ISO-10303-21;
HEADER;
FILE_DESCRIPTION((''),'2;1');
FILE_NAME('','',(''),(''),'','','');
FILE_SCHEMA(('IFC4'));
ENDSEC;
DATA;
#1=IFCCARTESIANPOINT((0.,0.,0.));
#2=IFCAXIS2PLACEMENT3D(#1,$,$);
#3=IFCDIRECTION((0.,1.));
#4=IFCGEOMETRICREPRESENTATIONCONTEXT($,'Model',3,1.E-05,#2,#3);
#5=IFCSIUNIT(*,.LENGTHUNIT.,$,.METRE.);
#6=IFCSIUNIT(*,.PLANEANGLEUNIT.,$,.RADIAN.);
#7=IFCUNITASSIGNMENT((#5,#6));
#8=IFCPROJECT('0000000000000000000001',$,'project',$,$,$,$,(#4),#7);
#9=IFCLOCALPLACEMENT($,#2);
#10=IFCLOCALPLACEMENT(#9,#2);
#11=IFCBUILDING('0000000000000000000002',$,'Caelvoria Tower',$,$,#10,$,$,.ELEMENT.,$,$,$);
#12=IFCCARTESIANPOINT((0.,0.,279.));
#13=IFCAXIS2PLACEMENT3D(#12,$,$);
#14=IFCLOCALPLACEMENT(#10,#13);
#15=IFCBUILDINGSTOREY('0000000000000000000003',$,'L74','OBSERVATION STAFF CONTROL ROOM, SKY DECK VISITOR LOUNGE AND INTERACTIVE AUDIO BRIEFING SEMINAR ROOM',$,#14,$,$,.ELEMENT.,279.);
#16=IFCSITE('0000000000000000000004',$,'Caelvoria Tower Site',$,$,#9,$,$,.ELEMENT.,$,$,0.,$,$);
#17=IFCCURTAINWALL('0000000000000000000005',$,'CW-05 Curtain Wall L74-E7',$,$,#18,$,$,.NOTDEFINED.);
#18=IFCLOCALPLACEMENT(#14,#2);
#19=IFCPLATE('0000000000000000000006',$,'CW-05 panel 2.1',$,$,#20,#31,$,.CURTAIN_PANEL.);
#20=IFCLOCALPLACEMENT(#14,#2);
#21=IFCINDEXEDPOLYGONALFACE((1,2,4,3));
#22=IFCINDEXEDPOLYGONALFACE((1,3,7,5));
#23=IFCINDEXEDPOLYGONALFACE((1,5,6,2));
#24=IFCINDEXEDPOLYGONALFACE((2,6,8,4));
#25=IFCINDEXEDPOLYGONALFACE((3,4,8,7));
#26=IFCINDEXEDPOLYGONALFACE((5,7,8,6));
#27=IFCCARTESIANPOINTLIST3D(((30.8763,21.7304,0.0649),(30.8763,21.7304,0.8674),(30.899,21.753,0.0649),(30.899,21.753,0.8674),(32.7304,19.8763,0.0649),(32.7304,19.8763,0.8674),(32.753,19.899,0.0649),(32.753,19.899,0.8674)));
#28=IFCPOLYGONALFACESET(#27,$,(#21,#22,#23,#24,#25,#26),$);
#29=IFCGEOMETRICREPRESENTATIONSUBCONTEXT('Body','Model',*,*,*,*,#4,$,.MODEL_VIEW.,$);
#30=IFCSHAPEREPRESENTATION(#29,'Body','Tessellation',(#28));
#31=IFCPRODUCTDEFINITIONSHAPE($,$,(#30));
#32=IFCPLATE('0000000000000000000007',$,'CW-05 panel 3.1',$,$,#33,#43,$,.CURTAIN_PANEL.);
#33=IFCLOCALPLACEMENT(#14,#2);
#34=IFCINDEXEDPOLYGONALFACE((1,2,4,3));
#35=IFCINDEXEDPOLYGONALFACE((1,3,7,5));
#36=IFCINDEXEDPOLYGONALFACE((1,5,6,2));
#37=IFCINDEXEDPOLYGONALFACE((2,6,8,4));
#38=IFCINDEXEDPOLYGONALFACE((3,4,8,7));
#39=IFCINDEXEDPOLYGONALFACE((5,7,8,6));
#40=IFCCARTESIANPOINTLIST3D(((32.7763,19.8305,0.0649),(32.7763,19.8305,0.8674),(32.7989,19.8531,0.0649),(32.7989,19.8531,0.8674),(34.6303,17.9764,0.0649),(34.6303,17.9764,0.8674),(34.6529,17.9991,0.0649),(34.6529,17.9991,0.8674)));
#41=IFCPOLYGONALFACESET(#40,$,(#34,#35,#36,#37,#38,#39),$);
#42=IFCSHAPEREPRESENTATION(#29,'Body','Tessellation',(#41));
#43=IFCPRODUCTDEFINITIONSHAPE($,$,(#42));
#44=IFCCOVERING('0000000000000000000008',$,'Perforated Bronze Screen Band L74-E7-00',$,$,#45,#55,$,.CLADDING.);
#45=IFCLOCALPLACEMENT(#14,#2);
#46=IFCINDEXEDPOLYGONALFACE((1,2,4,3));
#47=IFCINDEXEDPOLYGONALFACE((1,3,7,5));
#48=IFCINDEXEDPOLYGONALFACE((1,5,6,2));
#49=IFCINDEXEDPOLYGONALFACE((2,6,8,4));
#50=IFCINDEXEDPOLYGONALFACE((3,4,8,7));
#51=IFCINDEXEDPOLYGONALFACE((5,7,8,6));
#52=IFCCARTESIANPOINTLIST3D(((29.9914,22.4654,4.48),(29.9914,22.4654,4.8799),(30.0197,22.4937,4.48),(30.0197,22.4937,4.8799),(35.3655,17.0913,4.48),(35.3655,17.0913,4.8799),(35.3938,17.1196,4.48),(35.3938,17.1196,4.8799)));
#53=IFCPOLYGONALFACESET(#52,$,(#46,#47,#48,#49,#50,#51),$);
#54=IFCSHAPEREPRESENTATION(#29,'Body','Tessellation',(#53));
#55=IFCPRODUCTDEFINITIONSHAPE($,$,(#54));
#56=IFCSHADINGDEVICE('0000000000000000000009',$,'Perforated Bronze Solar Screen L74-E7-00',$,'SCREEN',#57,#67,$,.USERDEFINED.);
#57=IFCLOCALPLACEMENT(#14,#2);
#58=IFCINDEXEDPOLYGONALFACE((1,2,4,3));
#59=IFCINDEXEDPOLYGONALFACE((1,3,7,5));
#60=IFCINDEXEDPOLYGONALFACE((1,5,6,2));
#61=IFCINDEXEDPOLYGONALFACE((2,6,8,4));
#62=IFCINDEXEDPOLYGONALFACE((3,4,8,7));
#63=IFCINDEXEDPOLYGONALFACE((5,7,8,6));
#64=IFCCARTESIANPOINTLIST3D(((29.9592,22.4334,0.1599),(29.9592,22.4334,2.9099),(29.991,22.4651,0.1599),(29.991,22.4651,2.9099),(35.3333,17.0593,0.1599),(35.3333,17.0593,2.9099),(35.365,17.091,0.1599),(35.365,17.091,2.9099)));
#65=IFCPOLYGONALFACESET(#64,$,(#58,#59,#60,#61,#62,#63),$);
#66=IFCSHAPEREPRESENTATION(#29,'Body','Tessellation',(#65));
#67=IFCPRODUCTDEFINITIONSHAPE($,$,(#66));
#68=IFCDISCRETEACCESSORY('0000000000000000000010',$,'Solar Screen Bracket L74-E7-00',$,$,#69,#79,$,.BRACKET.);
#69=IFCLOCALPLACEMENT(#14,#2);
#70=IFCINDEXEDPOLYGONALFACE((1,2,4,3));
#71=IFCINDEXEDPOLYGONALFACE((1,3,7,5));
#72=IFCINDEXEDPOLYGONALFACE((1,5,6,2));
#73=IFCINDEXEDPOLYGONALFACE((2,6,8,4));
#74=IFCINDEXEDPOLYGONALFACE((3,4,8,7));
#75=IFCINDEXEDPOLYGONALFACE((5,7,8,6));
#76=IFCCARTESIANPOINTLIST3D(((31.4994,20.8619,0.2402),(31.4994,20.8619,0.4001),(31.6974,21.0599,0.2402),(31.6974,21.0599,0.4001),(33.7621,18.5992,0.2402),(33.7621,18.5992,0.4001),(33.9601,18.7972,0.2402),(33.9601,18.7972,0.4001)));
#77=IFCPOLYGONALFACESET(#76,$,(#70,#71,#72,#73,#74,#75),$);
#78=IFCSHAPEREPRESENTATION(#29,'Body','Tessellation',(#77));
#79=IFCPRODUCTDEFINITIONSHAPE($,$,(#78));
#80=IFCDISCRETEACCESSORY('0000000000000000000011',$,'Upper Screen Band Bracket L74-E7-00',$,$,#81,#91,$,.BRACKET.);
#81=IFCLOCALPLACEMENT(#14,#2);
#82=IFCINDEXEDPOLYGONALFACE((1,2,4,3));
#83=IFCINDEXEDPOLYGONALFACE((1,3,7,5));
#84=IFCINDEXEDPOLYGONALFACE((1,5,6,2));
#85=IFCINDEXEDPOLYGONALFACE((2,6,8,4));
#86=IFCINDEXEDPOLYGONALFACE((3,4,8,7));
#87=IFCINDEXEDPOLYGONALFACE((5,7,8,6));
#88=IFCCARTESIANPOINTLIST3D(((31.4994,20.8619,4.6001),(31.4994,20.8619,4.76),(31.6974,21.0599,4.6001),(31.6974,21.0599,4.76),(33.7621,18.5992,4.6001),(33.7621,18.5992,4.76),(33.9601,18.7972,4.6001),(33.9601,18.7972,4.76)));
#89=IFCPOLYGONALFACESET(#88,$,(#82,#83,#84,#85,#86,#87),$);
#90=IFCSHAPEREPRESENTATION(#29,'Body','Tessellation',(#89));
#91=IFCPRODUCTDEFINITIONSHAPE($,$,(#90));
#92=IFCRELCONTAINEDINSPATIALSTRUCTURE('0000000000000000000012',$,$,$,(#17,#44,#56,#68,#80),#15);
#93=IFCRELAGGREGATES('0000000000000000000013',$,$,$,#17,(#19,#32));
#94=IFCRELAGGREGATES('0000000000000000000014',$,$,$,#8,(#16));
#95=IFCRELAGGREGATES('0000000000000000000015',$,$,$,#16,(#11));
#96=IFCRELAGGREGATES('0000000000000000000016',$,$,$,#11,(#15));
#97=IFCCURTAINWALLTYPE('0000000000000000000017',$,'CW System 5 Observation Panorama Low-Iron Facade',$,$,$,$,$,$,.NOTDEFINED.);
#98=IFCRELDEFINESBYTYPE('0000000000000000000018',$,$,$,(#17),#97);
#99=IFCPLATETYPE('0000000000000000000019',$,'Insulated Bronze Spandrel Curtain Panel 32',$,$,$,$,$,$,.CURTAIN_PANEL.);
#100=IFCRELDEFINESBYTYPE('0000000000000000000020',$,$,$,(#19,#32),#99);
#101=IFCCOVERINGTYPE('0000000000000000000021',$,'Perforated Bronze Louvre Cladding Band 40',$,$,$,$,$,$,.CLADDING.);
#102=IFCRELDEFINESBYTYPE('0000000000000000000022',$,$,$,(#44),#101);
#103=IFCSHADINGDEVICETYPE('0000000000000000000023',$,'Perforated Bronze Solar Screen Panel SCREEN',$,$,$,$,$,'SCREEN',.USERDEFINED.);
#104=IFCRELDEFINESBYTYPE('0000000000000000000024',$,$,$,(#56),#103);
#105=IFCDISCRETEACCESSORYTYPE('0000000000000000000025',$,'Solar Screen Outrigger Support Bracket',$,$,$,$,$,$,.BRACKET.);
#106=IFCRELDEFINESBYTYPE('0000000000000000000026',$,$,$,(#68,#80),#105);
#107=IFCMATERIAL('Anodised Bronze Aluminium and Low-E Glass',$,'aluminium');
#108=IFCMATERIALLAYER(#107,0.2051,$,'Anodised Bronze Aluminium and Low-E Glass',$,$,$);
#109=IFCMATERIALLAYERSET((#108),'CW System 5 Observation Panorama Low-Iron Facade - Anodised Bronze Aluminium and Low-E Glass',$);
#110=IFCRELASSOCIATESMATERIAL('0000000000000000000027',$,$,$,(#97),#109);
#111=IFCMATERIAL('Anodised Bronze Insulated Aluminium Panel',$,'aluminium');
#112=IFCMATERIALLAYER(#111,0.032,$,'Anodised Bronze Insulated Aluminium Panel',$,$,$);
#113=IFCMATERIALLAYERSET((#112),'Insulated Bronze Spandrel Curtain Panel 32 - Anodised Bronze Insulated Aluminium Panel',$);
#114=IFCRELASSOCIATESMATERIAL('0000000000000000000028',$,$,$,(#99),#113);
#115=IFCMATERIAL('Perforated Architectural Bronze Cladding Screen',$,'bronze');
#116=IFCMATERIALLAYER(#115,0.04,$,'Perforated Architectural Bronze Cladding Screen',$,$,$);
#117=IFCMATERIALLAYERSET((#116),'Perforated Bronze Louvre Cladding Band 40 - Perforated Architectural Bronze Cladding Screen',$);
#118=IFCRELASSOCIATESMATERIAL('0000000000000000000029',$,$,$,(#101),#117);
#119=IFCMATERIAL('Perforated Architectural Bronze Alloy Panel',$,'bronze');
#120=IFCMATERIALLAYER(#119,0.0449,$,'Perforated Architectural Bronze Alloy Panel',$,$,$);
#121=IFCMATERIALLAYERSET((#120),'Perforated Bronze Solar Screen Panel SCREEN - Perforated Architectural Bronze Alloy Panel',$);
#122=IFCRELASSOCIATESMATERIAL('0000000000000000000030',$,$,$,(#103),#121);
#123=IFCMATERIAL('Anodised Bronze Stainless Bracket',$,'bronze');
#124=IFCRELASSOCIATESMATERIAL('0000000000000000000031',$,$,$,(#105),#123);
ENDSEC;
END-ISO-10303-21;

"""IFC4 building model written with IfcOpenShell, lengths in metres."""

from ifc_helpers import new_model, si_unit, direction, frame, origin, origin_2d, place, context, subcontext, project, spatial, rectangle, extrude, material, layer, layer_set, type_object, element, aggregate, save


model = new_model("IFC4")

# Units and contexts
model_context = context("Model", 3, precision=1e-05, world=origin(), true_north=direction((0.0, 1.0)))
body_context = subcontext(model_context, "Body", "Model", "MODEL_VIEW")
ifc_project = project(units=[si_unit("LENGTHUNIT", "METRE"), si_unit("PLANEANGLEUNIT", "RADIAN")], contexts=[model_context])

# Site, building, storey
site_placement = place(None, origin())
site = spatial("IfcSite", under=ifc_project, at=site_placement, Name="Caelvoria Tower Site", CompositionType="ELEMENT", RefElevation=0.0)
building_placement = place(site_placement, origin())
building = spatial("IfcBuilding", under=site, at=building_placement, Name="Caelvoria Tower", CompositionType="ELEMENT")
storey_placement = place(building_placement, frame((0.0, 0.0, 279.0)))
storey = spatial("IfcBuildingStorey", under=building, at=storey_placement, Name="L74", Description="OBSERVATION STAFF CONTROL ROOM, SKY DECK VISITOR LOUNGE AND INTERACTIVE AUDIO BRIEFING SEMINAR ROOM", CompositionType="ELEMENT", Elevation=279.0)

# Shared definitions
ifc_material_1 = material(Name="Anodised Bronze Aluminium and Low-E Glass", Category="aluminium")
ifc_layer_1 = layer(ifc_material_1, 0.2051, Name="Anodised Bronze Aluminium and Low-E Glass")
ifc_layer_set_1 = layer_set([ifc_layer_1], Name="CW System 5 Observation Panorama Low-Iron Facade - Anodised Bronze Aluminium and Low-E Glass")
curtain_wall_type = type_object("IfcCurtainWallType", Name="CW System 5 Observation Panorama Low-Iron Facade", PredefinedType="NOTDEFINED", material=ifc_layer_set_1)

# Curtain wall
curtain_wall_1_placement = place(storey_placement, origin())
curtain_wall_1 = element("IfcCurtainWall", 1, at=curtain_wall_1_placement, inside=storey, type_object=curtain_wall_type, Name="CW-05 Curtain Wall L74-E7", PredefinedType="NOTDEFINED")

# Plates
ifc_material_2 = material(Name="Anodised Bronze Insulated Aluminium Panel", Category="aluminium")
ifc_layer_2 = layer(ifc_material_2, 0.032, Name="Anodised Bronze Insulated Aluminium Panel")
ifc_layer_set_2 = layer_set([ifc_layer_2], Name="Insulated Bronze Spandrel Curtain Panel 32 - Anodised Bronze Insulated Aluminium Panel")
plate_type_1 = type_object("IfcPlateType", Name="Insulated Bronze Spandrel Curtain Panel 32", PredefinedType="CURTAIN_PANEL", material=ifc_layer_set_2)
plate_1_placement = place(storey_placement, frame((31.8147, 20.8147, 0.0649), z_axis=(0.0, 0.0, 1.0), x_axis=(0.707107, -0.707107, 0.0)))
plate_1 = element("IfcPlate", 2, at=plate_1_placement, type_object=plate_type_1, Name="CW-05 panel 2.1", PredefinedType="CURTAIN_PANEL", context=body_context, shape_type="SweptSolid", body=[
    extrude(rectangle(XDim=2.6221, YDim=0.032, at=origin_2d()), origin(), (0.0, 0.0, 1.0), 0.8025),
])
plate_2_placement = place(storey_placement, frame((33.7146, 18.9148, 0.0649), z_axis=(0.0, 0.0, 1.0), x_axis=(0.707107, -0.707107, 0.0)))
plate_2 = element("IfcPlate", 3, at=plate_2_placement, type_object=plate_type_1, Name="CW-05 panel 3.1", PredefinedType="CURTAIN_PANEL", context=body_context, shape_type="SweptSolid", body=[
    extrude(rectangle(XDim=2.6221, YDim=0.032, at=origin_2d()), origin(), (0.0, 0.0, 1.0), 0.8025),
])
aggregate(curtain_wall_1, [plate_1, plate_2])

# Covering
ifc_material_3 = material(Name="Perforated Architectural Bronze Cladding Screen", Category="bronze")
ifc_layer_3 = layer(ifc_material_3, 0.04, Name="Perforated Architectural Bronze Cladding Screen")
ifc_layer_set_3 = layer_set([ifc_layer_3], Name="Perforated Bronze Louvre Cladding Band 40 - Perforated Architectural Bronze Cladding Screen")
covering_type = type_object("IfcCoveringType", Name="Perforated Bronze Louvre Cladding Band 40", PredefinedType="CLADDING", material=ifc_layer_set_3)
covering_placement = place(storey_placement, frame((32.6926, 19.7925, 4.48), z_axis=(0.0, 0.0, 1.0), x_axis=(0.707107, -0.707107, 0.0)))
element("IfcCovering", 4, at=covering_placement, inside=storey, type_object=covering_type, Name="Perforated Bronze Screen Band L74-E7-00", PredefinedType="CLADDING", context=body_context, shape_type="SweptSolid", body=[
    extrude(rectangle(XDim=7.6001, YDim=0.04, at=origin_2d()), origin(), (0.0, 0.0, 1.0), 0.3999),
])

# Shading device
ifc_material_4 = material(Name="Perforated Architectural Bronze Alloy Panel", Category="bronze")
ifc_layer_4 = layer(ifc_material_4, 0.0449, Name="Perforated Architectural Bronze Alloy Panel")
ifc_layer_set_4 = layer_set([ifc_layer_4], Name="Perforated Bronze Solar Screen Panel SCREEN - Perforated Architectural Bronze Alloy Panel")
shading_device_type = type_object("IfcShadingDeviceType", Name="Perforated Bronze Solar Screen Panel SCREEN", ElementType="SCREEN", PredefinedType="USERDEFINED", material=ifc_layer_set_4)
shading_device_placement = place(storey_placement, frame((32.6621, 19.7622, 0.1599), z_axis=(0.0, 0.0, 1.0), x_axis=(0.707107, -0.707107, 0.0)))
element("IfcShadingDevice", 5, at=shading_device_placement, inside=storey, type_object=shading_device_type, Name="Perforated Bronze Solar Screen L74-E7-00", ObjectType="SCREEN", PredefinedType="USERDEFINED", context=body_context, shape_type="SweptSolid", body=[
    extrude(rectangle(XDim=7.6001, YDim=0.0449, at=origin_2d()), origin(), (0.0, 0.0, 1.0), 2.75),
])

# Discrete accessories
ifc_material_5 = material(Name="Anodised Bronze Stainless Bracket", Category="bronze")
discrete_accessory_type = type_object("IfcDiscreteAccessoryType", Name="Solar Screen Outrigger Support Bracket", PredefinedType="BRACKET", material=ifc_material_5)
for number, where, z_axis, x_axis, name in (
    (6, (32.7297, 19.8296, 0.2402), (0.0, 0.0, 1.0), (0.707107, -0.707107, 0.0), "Solar Screen Bracket L74-E7-00"),
    (7, (32.7297, 19.8296, 4.6001), (0.0, 0.0, 1.0), (0.707107, -0.707107, 0.0), "Upper Screen Band Bracket L74-E7-00"),
):
    element("IfcDiscreteAccessory", number, at=place(storey_placement, frame(where, z_axis=z_axis, x_axis=x_axis)), inside=storey, type_object=discrete_accessory_type, Name=name, PredefinedType="BRACKET", context=body_context, shape_type="SweptSolid", body=[
        extrude(rectangle(XDim=3.2, YDim=0.28, at=origin_2d()), origin(), (0.0, 0.0, 1.0), 0.1599),
    ])

save(model, "model.ifc")
